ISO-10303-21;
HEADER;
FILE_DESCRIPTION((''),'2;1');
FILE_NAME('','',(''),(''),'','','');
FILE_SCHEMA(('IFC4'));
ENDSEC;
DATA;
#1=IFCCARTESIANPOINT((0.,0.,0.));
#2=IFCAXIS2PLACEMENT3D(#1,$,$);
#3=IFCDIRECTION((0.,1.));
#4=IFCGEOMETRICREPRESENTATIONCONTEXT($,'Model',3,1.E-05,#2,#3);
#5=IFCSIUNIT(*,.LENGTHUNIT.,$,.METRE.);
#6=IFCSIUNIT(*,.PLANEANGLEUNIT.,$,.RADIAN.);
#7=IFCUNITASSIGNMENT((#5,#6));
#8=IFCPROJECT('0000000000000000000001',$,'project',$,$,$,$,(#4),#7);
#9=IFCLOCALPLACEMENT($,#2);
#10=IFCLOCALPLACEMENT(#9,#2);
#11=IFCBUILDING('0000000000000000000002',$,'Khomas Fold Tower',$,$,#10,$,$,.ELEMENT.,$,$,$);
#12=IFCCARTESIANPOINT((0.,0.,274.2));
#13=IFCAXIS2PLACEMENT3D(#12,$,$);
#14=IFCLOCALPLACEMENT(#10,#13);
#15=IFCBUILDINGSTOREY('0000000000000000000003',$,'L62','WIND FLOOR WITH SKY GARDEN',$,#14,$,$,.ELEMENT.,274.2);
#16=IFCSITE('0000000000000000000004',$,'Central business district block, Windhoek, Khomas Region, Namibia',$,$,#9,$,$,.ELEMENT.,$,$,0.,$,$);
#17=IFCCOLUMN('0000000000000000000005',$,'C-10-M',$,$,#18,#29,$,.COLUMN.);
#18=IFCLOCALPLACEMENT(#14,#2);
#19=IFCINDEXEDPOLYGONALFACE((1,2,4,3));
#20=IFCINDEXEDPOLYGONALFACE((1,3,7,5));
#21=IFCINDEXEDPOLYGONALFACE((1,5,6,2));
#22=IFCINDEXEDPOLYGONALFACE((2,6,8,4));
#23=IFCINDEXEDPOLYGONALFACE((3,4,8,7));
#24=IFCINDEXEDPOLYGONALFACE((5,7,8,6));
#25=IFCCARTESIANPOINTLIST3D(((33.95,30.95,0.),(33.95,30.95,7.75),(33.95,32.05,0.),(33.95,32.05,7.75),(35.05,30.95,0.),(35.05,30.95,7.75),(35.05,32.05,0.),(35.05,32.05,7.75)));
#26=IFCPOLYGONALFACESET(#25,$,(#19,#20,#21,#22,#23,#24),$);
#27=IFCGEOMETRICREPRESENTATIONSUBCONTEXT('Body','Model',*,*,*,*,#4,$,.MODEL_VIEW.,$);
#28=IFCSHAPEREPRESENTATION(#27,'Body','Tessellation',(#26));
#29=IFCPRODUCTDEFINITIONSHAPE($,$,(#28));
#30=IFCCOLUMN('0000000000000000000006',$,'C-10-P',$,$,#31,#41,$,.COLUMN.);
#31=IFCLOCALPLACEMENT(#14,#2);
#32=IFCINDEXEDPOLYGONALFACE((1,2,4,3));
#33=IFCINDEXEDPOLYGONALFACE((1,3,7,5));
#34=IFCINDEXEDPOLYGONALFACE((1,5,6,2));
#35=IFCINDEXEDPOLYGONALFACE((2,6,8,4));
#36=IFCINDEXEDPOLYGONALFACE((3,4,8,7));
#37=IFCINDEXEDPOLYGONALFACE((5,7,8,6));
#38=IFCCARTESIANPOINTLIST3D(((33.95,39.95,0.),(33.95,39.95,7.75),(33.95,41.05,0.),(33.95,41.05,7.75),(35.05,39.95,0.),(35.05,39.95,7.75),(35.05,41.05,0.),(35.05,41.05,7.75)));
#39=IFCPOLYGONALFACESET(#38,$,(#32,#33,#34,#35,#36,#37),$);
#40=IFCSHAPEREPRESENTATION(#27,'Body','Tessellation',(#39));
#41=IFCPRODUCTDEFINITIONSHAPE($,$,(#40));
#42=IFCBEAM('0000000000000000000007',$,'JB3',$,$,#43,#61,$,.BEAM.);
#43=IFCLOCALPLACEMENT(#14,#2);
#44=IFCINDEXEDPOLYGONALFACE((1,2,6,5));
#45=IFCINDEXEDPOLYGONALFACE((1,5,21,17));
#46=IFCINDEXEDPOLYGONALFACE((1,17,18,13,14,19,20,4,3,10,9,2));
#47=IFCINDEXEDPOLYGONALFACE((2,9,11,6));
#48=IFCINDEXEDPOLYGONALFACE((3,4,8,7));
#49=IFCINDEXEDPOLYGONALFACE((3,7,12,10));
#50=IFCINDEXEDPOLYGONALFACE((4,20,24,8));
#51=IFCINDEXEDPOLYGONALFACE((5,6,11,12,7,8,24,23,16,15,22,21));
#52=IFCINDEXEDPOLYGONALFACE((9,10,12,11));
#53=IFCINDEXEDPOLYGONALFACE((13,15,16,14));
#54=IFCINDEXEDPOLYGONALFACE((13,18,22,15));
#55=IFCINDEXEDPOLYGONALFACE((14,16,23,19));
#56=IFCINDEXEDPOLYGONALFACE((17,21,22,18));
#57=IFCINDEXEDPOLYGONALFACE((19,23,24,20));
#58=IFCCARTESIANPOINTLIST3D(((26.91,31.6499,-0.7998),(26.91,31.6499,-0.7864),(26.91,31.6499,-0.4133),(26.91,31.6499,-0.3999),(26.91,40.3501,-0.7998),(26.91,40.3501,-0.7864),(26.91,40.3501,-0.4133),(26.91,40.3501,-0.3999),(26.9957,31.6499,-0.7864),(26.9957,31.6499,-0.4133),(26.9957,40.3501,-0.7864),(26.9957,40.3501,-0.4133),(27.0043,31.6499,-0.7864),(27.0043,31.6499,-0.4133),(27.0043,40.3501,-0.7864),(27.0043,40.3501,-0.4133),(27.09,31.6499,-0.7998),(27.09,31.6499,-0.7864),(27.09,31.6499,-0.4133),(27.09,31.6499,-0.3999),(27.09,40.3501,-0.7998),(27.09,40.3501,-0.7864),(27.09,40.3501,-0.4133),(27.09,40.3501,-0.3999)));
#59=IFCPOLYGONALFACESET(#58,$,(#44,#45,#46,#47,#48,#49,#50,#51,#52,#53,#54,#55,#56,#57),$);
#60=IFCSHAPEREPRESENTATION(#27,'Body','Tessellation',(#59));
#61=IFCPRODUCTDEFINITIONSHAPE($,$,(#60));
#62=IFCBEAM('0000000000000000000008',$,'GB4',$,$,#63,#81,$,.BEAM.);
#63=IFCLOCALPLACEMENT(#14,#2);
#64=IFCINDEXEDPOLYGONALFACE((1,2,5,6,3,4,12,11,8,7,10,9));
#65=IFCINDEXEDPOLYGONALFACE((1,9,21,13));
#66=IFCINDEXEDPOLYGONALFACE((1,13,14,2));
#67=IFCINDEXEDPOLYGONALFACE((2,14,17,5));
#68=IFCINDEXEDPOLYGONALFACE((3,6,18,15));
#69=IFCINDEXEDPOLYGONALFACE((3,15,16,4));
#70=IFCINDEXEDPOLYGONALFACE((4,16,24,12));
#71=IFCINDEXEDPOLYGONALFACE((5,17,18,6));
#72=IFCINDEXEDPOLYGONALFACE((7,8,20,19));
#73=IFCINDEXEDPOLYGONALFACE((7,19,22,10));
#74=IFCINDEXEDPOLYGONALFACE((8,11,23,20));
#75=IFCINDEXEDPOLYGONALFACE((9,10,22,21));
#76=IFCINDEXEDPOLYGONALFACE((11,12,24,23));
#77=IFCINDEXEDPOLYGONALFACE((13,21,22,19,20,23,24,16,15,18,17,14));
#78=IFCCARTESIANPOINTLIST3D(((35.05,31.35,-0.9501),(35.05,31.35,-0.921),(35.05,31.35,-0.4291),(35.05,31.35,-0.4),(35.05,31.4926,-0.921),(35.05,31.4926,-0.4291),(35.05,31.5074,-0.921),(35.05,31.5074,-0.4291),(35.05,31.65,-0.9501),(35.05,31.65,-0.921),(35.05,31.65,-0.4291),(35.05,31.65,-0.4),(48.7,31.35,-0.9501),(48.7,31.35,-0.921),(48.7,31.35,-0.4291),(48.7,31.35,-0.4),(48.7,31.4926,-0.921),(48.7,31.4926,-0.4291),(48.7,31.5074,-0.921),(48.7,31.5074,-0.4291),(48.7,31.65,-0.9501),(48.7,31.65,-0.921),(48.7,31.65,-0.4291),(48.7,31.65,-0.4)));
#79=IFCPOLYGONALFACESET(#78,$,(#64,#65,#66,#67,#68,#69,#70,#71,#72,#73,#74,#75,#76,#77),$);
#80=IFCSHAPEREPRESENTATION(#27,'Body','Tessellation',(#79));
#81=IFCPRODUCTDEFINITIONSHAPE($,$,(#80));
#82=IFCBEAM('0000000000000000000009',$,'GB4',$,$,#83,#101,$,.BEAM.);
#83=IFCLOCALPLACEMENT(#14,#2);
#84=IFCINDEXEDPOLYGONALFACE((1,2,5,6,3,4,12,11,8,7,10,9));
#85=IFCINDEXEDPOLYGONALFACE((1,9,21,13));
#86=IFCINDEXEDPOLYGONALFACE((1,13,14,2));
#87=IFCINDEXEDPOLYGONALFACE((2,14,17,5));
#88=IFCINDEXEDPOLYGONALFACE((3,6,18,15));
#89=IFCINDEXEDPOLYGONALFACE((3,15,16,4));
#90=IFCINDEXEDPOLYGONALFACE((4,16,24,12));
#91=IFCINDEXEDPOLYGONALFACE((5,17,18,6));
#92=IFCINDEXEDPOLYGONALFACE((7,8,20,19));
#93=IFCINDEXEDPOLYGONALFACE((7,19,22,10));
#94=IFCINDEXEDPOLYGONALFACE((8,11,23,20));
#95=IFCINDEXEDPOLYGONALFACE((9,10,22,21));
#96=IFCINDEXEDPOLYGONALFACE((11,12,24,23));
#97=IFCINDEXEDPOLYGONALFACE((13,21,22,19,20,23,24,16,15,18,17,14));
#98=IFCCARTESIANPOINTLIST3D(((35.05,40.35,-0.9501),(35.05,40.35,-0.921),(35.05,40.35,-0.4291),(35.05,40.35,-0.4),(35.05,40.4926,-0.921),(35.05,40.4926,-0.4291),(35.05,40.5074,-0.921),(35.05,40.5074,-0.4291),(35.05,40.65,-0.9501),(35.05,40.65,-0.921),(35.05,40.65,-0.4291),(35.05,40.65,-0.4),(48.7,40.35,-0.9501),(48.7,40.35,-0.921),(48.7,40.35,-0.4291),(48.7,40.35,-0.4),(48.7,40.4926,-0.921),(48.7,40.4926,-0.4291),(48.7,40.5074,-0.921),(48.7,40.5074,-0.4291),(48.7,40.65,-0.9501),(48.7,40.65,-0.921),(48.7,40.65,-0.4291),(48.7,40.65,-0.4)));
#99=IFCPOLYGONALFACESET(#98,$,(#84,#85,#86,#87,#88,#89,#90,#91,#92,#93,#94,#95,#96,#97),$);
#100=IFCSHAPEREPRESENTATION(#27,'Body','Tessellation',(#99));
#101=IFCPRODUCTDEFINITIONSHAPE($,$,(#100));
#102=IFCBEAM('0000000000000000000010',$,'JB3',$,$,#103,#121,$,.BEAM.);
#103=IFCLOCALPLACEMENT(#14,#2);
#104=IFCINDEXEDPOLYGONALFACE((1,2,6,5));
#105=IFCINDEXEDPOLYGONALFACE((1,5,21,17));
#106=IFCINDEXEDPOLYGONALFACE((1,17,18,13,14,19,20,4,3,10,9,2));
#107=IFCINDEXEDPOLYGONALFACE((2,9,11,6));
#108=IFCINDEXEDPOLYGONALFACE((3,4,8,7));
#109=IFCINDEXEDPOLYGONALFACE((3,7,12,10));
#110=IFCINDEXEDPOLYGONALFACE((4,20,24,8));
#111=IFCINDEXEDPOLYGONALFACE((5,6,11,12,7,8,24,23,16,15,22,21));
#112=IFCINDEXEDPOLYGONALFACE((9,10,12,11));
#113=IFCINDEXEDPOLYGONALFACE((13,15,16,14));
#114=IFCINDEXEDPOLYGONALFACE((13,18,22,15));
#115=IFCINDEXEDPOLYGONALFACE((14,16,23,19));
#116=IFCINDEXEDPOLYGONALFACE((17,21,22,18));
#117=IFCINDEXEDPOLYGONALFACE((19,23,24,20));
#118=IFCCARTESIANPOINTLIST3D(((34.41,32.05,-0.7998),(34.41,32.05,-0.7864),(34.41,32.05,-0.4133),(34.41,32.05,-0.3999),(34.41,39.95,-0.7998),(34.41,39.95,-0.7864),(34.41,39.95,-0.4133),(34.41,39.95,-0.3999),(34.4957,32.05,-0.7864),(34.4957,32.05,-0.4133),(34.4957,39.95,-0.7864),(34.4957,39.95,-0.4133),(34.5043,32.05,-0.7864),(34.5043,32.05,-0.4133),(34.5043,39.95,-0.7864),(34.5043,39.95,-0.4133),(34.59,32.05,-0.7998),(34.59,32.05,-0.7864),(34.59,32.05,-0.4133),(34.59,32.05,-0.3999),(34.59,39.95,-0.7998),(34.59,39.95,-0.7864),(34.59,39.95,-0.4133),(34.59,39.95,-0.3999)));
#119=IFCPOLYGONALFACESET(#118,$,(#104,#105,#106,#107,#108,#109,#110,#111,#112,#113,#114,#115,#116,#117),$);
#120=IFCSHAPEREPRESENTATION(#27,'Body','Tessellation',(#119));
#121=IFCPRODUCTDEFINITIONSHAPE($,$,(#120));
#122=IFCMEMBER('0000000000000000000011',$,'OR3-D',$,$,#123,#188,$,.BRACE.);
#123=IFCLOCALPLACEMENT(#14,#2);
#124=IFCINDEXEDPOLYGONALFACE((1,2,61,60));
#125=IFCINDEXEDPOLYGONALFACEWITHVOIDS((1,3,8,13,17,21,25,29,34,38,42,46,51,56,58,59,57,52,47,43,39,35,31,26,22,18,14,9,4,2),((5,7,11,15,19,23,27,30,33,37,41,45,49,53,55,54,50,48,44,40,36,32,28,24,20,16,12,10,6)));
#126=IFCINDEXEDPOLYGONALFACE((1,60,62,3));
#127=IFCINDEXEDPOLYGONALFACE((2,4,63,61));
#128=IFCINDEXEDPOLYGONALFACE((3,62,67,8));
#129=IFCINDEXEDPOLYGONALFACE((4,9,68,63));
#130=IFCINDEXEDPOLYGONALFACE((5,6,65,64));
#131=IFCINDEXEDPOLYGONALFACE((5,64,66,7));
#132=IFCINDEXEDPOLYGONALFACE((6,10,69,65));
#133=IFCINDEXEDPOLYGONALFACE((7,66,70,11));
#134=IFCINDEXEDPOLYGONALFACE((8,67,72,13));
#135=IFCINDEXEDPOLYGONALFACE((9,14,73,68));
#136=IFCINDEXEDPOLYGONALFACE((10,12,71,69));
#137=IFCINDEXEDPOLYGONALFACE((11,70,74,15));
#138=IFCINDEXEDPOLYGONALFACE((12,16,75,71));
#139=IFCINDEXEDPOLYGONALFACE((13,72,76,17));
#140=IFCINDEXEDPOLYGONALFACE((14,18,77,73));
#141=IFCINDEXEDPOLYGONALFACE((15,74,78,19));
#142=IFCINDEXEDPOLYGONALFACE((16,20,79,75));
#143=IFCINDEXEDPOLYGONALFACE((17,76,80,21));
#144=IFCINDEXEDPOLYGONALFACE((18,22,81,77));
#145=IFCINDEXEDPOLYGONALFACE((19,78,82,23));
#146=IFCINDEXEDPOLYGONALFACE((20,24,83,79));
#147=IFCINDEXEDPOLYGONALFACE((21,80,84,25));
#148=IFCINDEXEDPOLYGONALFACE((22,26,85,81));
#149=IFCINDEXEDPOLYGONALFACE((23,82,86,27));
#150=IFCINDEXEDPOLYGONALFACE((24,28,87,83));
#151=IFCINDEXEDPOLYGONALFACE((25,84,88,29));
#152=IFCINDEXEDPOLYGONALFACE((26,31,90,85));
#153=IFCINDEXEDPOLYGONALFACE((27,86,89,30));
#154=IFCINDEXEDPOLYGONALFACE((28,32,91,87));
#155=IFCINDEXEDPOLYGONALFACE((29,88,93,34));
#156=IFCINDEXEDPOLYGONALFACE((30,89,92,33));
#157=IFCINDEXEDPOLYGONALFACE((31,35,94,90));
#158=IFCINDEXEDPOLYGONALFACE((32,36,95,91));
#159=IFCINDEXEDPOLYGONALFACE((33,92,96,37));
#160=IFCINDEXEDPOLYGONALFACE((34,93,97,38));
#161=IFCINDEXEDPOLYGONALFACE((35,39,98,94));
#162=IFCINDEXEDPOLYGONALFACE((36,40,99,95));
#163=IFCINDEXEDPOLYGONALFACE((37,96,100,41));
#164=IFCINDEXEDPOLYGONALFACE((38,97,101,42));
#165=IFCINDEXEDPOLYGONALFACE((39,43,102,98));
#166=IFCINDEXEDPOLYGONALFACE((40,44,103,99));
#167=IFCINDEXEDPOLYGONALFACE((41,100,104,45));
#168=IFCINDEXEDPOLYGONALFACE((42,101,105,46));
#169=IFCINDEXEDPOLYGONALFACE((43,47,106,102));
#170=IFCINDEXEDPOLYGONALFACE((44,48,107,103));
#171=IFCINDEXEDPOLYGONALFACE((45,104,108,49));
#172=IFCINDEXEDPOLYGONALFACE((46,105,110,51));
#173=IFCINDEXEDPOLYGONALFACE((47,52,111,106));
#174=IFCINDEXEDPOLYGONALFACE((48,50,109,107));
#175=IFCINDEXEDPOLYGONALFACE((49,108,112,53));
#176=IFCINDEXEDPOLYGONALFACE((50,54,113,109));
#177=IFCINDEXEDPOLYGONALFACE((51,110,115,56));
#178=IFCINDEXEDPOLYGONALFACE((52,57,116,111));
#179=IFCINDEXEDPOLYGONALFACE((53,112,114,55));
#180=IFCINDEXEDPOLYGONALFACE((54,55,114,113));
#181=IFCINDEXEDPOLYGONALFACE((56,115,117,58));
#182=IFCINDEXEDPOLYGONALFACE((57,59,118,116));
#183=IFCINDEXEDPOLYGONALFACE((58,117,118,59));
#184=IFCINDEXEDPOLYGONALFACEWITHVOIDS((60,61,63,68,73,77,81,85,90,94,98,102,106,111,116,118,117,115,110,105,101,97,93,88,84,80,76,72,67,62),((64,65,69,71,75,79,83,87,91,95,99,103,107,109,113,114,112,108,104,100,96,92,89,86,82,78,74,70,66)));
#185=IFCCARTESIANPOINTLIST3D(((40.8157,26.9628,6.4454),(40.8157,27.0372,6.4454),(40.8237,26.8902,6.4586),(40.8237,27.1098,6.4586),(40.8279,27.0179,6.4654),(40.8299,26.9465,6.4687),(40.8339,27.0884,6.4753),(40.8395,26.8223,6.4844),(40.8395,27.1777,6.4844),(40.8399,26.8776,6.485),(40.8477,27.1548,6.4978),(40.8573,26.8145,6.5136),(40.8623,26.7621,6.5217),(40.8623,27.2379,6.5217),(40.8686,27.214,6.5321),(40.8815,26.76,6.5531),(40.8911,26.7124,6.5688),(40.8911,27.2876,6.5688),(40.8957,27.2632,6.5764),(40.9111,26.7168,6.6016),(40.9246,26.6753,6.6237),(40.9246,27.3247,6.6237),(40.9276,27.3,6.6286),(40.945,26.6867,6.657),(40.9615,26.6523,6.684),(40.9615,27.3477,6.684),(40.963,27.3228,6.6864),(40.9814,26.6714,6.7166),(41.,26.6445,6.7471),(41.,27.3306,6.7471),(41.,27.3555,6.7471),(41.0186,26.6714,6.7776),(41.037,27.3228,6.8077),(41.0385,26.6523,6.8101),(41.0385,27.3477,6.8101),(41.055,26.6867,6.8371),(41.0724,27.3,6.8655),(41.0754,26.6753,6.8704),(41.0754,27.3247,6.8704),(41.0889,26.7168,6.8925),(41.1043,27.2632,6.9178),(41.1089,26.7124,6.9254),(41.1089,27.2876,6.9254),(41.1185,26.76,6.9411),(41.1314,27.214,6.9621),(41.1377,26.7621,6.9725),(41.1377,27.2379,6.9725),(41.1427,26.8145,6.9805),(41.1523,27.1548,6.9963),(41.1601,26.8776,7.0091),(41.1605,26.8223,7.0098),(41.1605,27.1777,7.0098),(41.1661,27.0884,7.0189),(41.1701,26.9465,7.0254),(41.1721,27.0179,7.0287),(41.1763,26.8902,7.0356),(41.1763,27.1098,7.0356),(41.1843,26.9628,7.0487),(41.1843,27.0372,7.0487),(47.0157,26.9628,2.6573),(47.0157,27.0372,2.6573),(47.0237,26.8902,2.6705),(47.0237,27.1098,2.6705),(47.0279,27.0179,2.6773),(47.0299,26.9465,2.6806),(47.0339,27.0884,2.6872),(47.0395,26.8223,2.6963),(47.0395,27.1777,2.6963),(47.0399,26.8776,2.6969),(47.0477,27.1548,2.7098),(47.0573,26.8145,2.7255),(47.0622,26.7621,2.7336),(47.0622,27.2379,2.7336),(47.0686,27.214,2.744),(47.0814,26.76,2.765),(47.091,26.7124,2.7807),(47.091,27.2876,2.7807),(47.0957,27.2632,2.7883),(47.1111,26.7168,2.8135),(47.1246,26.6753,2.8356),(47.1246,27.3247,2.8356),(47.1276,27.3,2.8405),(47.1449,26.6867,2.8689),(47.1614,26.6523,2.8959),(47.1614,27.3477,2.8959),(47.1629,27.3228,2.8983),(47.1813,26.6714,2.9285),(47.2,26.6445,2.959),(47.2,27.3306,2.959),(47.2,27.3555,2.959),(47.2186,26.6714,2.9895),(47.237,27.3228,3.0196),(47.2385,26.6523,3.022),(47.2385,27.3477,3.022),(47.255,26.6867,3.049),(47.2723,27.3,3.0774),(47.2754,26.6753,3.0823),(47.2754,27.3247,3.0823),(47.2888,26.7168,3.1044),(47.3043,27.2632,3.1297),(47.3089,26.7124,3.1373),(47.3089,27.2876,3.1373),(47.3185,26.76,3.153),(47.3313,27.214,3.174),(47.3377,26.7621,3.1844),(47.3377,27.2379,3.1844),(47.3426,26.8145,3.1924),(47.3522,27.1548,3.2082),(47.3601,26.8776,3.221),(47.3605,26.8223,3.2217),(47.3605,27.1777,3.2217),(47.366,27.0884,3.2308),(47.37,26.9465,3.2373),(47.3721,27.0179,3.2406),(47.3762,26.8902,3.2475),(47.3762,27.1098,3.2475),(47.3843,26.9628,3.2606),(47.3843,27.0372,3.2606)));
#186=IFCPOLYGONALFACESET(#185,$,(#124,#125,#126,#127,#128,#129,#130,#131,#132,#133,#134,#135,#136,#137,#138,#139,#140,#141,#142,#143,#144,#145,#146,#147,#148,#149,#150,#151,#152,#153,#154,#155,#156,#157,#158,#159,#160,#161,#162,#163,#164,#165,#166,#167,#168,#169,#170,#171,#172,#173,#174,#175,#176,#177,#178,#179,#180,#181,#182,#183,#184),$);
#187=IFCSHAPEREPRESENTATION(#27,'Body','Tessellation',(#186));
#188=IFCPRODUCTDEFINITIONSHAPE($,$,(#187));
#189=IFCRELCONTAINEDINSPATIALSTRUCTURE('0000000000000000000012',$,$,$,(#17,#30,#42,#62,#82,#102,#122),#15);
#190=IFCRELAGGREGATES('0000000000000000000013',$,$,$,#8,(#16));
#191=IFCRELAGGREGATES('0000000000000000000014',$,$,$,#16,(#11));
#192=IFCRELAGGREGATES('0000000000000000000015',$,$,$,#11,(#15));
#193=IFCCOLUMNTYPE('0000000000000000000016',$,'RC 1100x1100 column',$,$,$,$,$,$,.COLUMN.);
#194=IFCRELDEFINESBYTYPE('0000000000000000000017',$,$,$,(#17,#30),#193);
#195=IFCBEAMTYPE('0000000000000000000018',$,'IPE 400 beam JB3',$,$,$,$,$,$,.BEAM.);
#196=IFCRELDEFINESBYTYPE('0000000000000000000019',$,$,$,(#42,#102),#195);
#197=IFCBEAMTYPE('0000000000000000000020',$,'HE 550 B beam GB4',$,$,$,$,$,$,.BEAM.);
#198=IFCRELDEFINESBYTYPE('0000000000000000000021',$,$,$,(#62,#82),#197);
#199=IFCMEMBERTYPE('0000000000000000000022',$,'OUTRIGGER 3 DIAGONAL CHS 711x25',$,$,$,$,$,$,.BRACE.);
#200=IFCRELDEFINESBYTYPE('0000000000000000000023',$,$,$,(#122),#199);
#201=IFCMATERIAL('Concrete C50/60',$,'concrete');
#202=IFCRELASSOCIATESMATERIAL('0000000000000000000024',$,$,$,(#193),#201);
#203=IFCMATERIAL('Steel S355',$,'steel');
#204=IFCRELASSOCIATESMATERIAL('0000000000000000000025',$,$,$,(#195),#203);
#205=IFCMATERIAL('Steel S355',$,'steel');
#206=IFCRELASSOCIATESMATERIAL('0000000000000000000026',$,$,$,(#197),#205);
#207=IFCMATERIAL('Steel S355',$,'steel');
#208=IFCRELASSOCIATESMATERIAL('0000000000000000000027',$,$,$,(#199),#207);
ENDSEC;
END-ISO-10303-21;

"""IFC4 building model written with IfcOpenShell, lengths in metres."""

from ifc_helpers import new_model, si_unit, direction, frame, origin, origin_2d, place, context, subcontext, project, spatial, rectangle, hollow_circle, i_section, extrude, source, transform, mapped, material, material_profile, profile_set, type_object, element, save


model = new_model("IFC4")

# Units and contexts
model_context = context("Model", 3, precision=1e-05, world=origin(), true_north=direction((0.0, 1.0)))
body_context = subcontext(model_context, "Body", "Model", "MODEL_VIEW")
ifc_project = project(units=[si_unit("LENGTHUNIT", "METRE"), si_unit("PLANEANGLEUNIT", "RADIAN")], contexts=[model_context])

# Site, building, storey
site_placement = place(None, origin())
site = spatial("IfcSite", under=ifc_project, at=site_placement, Name="Central business district block, Windhoek, Khomas Region, Namibia", CompositionType="ELEMENT", RefElevation=0.0)
building_placement = place(site_placement, origin())
building = spatial("IfcBuilding", under=site, at=building_placement, Name="Khomas Fold Tower", CompositionType="ELEMENT")
storey_placement = place(building_placement, frame((0.0, 0.0, 274.2)))
storey = spatial("IfcBuildingStorey", under=building, at=storey_placement, Name="L62", Description="WIND FLOOR WITH SKY GARDEN", CompositionType="ELEMENT", Elevation=274.2)

# Columns
ifc_material_1 = material(Name="Concrete C50/60", Category="concrete")
ifc_material_profile_1 = material_profile(ifc_material_1, rectangle(XDim=1.1001, YDim=1.1001, at=origin_2d()), Name="RC 1100x1100")
ifc_profile_set_1 = profile_set([ifc_material_profile_1], Name="Concrete C50/60")
column_type = type_object("IfcColumnType", Name="RC 1100x1100 column", PredefinedType="COLUMN", material=ifc_profile_set_1)
shared_shape_1 = source(origin(), body_context, "Body", "SweptSolid", [
    extrude(rectangle(XDim=1.1001, YDim=1.1001, at=origin_2d()), origin(), (0.0, 0.0, 1.0), 7.75),
])
for number, where, z_axis, x_axis, name in (
    (1, (34.5, 31.5, 0.0), (0.0, 0.0, 1.0), (1.0, 0.0, 0.0), "C-10-M"),
    (2, (34.5, 40.5, 0.0), (0.0, 0.0, 1.0), (1.0, 0.0, 0.0), "C-10-P"),
):
    element("IfcColumn", number, at=place(storey_placement, frame(where, z_axis=z_axis, x_axis=x_axis)), inside=storey, type_object=column_type, Name=name, PredefinedType="COLUMN", context=body_context, shape_type="MappedRepresentation", body=[
        mapped(shared_shape_1, transform((0.0, 0.0, 0.0))),
    ])

# Beams
ifc_material_2 = material(Name="Steel S355", Category="steel")
ifc_material_profile_2 = material_profile(ifc_material_2, i_section(OverallWidth=0.1799, OverallDepth=0.3999, WebThickness=0.0085, FlangeThickness=0.0134, at=origin_2d()), Name="IPE 400")
ifc_profile_set_2 = profile_set([ifc_material_profile_2], Name="Steel S355")
beam_type_1 = type_object("IfcBeamType", Name="IPE 400 beam JB3", PredefinedType="BEAM", material=ifc_profile_set_2)
shared_shape_2 = source(origin(), body_context, "Body", "SweptSolid", [
    extrude(i_section(OverallWidth=0.1799, OverallDepth=0.3999, WebThickness=0.0085, FlangeThickness=0.0134, at=origin_2d()), origin(), (0.0, 0.0, 1.0), 8.7002),
])
beam_1_placement = place(storey_placement, frame((27.0, 31.6499, -0.5999), z_axis=(0.0, 1.0, 0.0), x_axis=(-1.0, 0.0, 0.0)))
element("IfcBeam", 3, at=beam_1_placement, inside=storey, type_object=beam_type_1, Name="JB3", PredefinedType="BEAM", context=body_context, shape_type="MappedRepresentation", body=[
    mapped(shared_shape_2, transform((0.0, 0.0, 0.0))),
])
ifc_material_3 = material(Name="Steel S355", Category="steel")
ifc_material_profile_3 = material_profile(ifc_material_3, i_section(OverallWidth=0.3, OverallDepth=0.55, WebThickness=0.0149, FlangeThickness=0.0291, at=origin_2d()), Name="HE 550 B")
ifc_profile_set_3 = profile_set([ifc_material_profile_3], Name="Steel S355")
beam_type_2 = type_object("IfcBeamType", Name="HE 550 B beam GB4", PredefinedType="BEAM", material=ifc_profile_set_3)
shared_shape_3 = source(origin(), body_context, "Body", "SweptSolid", [
    extrude(i_section(OverallWidth=0.3, OverallDepth=0.55, WebThickness=0.0149, FlangeThickness=0.0291, at=origin_2d()), origin(), (0.0, 0.0, 1.0), 13.6499),
])
for number, where, z_axis, x_axis, name in (
    (4, (35.05, 31.5, -0.675), (1.0, 0.0, 0.0), (0.0, 1.0, 0.0), "GB4"),
    (5, (35.05, 40.5, -0.675), (1.0, 0.0, 0.0), (0.0, 1.0, 0.0), "GB4"),
):
    element("IfcBeam", number, at=place(storey_placement, frame(where, z_axis=z_axis, x_axis=x_axis)), inside=storey, type_object=beam_type_2, Name=name, PredefinedType="BEAM", context=body_context, shape_type="MappedRepresentation", body=[
        mapped(shared_shape_3, transform((0.0, 0.0, 0.0))),
    ])
shared_shape_4 = source(origin(), body_context, "Body", "SweptSolid", [
    extrude(i_section(OverallWidth=0.1799, OverallDepth=0.3999, WebThickness=0.0085, FlangeThickness=0.0134, at=origin_2d()), origin(), (0.0, 0.0, 1.0), 7.8999),
])
beam_2_placement = place(storey_placement, frame((34.5, 32.05, -0.5999), z_axis=(0.0, 1.0, 0.0), x_axis=(-1.0, 0.0, 0.0)))
element("IfcBeam", 6, at=beam_2_placement, inside=storey, type_object=beam_type_1, Name="JB3", PredefinedType="BEAM", context=body_context, shape_type="MappedRepresentation", body=[
    mapped(shared_shape_4, transform((0.0, 0.0, 0.0))),
])

# Member
ifc_material_4 = material(Name="Steel S355", Category="steel")
ifc_material_profile_4 = material_profile(ifc_material_4, hollow_circle(Radius=0.3555, WallThickness=0.0249, at=origin_2d()), Name="CHS 711x25")
ifc_profile_set_4 = profile_set([ifc_material_profile_4], Name="Steel S355")
member_type_1 = type_object("IfcMemberType", Name="OUTRIGGER 3 DIAGONAL CHS 711x25", PredefinedType="BRACE", material=ifc_profile_set_4)
shared_shape_5 = source(origin(), body_context, "Body", "SweptSolid", [
    extrude(hollow_circle(Radius=0.3555, WallThickness=0.0249, at=origin_2d()), origin(), (0.0, 0.0, 1.0), 7.2656),
])
for number, where, z_axis, x_axis, name in (
    (7, (41.0, 27.0, 6.7471), (0.853329, 0.0, -0.521373), (0.0, 1.0, 0.0), "OR3-D"),
):
    element("IfcMember", number, at=place(storey_placement, frame(where, z_axis=z_axis, x_axis=x_axis)), inside=storey, type_object=member_type_1, Name=name, PredefinedType="BRACE", context=body_context, shape_type="MappedRepresentation", body=[
        mapped(shared_shape_5, transform((0.0, 0.0, 0.0))),
    ])

save(model, "model.ifc")
